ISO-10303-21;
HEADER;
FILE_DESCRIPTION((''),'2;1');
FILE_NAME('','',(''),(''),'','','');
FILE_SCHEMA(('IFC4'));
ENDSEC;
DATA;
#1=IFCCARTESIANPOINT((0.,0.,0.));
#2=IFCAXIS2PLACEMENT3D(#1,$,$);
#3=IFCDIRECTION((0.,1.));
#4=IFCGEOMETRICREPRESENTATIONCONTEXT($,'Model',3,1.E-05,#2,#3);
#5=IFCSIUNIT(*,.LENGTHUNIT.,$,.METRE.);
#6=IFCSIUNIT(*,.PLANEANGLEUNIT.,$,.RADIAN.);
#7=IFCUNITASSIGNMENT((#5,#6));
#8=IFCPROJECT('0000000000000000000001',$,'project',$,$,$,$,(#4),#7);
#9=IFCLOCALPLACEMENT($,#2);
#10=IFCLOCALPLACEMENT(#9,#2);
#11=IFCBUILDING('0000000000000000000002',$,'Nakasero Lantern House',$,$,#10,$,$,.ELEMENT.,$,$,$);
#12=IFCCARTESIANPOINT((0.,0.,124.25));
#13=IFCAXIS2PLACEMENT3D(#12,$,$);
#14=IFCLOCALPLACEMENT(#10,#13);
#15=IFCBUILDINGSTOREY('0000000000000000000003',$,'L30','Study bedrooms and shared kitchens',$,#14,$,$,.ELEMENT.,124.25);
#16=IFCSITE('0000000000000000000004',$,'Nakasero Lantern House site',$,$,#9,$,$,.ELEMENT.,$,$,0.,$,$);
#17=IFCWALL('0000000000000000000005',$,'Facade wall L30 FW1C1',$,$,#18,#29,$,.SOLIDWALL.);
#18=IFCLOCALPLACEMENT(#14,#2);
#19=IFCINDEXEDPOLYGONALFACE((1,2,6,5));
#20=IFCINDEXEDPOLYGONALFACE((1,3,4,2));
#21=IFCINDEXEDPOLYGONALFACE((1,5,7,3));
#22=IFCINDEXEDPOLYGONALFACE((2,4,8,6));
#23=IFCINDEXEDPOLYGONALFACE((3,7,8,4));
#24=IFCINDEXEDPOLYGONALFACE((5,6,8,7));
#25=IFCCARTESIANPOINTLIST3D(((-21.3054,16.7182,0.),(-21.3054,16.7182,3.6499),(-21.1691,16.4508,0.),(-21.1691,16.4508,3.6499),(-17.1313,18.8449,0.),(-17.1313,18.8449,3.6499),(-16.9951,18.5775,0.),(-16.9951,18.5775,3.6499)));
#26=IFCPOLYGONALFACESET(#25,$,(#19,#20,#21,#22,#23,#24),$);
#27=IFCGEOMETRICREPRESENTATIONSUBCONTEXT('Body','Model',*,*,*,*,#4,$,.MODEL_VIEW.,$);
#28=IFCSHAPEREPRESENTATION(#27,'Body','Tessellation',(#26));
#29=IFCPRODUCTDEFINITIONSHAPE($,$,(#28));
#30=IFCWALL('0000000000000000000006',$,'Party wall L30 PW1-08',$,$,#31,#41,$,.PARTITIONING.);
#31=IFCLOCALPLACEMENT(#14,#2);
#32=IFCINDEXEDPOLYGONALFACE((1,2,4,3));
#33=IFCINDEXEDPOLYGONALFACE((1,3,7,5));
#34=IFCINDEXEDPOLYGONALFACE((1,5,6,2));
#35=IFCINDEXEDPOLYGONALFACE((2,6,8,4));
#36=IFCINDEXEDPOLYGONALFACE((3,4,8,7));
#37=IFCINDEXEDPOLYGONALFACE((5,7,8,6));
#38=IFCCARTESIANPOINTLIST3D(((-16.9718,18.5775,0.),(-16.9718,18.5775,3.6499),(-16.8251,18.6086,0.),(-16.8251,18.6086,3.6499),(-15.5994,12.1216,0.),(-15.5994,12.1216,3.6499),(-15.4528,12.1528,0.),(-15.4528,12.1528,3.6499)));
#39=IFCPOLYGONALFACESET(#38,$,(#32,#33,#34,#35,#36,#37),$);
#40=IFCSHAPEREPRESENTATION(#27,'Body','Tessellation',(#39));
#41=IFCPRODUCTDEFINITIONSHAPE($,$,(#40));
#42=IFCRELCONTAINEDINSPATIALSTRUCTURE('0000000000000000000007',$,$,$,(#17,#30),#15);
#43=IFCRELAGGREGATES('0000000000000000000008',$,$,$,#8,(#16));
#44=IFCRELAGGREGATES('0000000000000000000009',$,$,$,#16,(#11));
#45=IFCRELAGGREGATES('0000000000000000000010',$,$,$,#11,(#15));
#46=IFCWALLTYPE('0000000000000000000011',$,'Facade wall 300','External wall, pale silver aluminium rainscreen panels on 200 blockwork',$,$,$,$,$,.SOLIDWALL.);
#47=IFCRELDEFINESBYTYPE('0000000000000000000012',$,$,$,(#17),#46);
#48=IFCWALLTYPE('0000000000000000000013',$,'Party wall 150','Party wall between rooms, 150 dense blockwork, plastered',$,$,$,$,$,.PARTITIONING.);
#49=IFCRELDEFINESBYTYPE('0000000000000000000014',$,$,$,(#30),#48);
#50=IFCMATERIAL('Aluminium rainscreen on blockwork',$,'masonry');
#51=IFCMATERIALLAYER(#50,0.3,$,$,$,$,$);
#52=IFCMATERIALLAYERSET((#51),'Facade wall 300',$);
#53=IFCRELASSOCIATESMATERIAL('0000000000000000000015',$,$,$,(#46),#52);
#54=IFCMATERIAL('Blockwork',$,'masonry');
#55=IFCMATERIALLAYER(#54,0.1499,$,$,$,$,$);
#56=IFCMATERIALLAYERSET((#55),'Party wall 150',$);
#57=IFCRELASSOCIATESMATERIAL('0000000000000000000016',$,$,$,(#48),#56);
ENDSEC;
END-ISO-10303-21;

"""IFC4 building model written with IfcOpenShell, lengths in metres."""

from ifc_helpers import new_model, si_unit, direction, frame, frame_2d, origin, place, context, subcontext, project, spatial, rectangle, extrude, material, layer, layer_set, type_object, element, save


model = new_model("IFC4")

# Units and contexts
model_context = context("Model", 3, precision=1e-05, world=origin(), true_north=direction((0.0, 1.0)))
body_context = subcontext(model_context, "Body", "Model", "MODEL_VIEW")
ifc_project = project(units=[si_unit("LENGTHUNIT", "METRE"), si_unit("PLANEANGLEUNIT", "RADIAN")], contexts=[model_context])

# Site, building, storey
site_placement = place(None, origin())
site = spatial("IfcSite", under=ifc_project, at=site_placement, Name="Nakasero Lantern House site", CompositionType="ELEMENT", RefElevation=0.0)
building_placement = place(site_placement, origin())
building = spatial("IfcBuilding", under=site, at=building_placement, Name="Nakasero Lantern House", CompositionType="ELEMENT")
storey_placement = place(building_placement, frame((0.0, 0.0, 124.25)))
storey = spatial("IfcBuildingStorey", under=building, at=storey_placement, Name="L30", Description="Study bedrooms and shared kitchens", CompositionType="ELEMENT", Elevation=124.25)

# Walls
ifc_material_1 = material(Name="Aluminium rainscreen on blockwork", Category="masonry")
ifc_layer_1 = layer(ifc_material_1, 0.3)
ifc_layer_set_1 = layer_set([ifc_layer_1], Name="Facade wall 300")
wall_type_1 = type_object("IfcWallType", Name="Facade wall 300", Description="External wall, pale silver aluminium rainscreen panels on 200 blockwork", PredefinedType="SOLIDWALL", material=ifc_layer_set_1)
wall_1_placement = place(storey_placement, frame((-17.0632, 18.7112, 0.0), z_axis=(0.0, 0.0, 1.0), x_axis=(-0.891014, -0.453976, 0.0)))
element("IfcWall", 1, at=wall_1_placement, inside=storey, type_object=wall_type_1, Name="Facade wall L30 FW1C1", PredefinedType="SOLIDWALL", context=body_context, shape_type="SweptSolid", body=[
    extrude(rectangle(XDim=4.6846, YDim=0.3, at=frame_2d((2.3423, 0.0))), origin(), (0.0, 0.0, 1.0), 3.6499),
])
ifc_material_2 = material(Name="Blockwork", Category="masonry")
ifc_layer_2 = layer(ifc_material_2, 0.1499)
ifc_layer_set_2 = layer_set([ifc_layer_2], Name="Party wall 150")
wall_type_2 = type_object("IfcWallType", Name="Party wall 150", Description="Party wall between rooms, 150 dense blockwork, plastered", PredefinedType="PARTITIONING", material=ifc_layer_set_2)
wall_2_placement = place(storey_placement, frame((-15.5261, 12.1372, 0.0), z_axis=(0.0, 0.0, 1.0), x_axis=(-0.207925, 0.978145, 0.0)))
element("IfcWall", 2, at=wall_2_placement, inside=storey, type_object=wall_type_2, Name="Party wall L30 PW1-08", PredefinedType="PARTITIONING", context=body_context, shape_type="SweptSolid", body=[
    extrude(rectangle(XDim=6.6001, YDim=0.1499, at=frame_2d((3.3, 0.0))), origin(), (0.0, 0.0, 1.0), 3.6499),
])

save(model, "model.ifc")
